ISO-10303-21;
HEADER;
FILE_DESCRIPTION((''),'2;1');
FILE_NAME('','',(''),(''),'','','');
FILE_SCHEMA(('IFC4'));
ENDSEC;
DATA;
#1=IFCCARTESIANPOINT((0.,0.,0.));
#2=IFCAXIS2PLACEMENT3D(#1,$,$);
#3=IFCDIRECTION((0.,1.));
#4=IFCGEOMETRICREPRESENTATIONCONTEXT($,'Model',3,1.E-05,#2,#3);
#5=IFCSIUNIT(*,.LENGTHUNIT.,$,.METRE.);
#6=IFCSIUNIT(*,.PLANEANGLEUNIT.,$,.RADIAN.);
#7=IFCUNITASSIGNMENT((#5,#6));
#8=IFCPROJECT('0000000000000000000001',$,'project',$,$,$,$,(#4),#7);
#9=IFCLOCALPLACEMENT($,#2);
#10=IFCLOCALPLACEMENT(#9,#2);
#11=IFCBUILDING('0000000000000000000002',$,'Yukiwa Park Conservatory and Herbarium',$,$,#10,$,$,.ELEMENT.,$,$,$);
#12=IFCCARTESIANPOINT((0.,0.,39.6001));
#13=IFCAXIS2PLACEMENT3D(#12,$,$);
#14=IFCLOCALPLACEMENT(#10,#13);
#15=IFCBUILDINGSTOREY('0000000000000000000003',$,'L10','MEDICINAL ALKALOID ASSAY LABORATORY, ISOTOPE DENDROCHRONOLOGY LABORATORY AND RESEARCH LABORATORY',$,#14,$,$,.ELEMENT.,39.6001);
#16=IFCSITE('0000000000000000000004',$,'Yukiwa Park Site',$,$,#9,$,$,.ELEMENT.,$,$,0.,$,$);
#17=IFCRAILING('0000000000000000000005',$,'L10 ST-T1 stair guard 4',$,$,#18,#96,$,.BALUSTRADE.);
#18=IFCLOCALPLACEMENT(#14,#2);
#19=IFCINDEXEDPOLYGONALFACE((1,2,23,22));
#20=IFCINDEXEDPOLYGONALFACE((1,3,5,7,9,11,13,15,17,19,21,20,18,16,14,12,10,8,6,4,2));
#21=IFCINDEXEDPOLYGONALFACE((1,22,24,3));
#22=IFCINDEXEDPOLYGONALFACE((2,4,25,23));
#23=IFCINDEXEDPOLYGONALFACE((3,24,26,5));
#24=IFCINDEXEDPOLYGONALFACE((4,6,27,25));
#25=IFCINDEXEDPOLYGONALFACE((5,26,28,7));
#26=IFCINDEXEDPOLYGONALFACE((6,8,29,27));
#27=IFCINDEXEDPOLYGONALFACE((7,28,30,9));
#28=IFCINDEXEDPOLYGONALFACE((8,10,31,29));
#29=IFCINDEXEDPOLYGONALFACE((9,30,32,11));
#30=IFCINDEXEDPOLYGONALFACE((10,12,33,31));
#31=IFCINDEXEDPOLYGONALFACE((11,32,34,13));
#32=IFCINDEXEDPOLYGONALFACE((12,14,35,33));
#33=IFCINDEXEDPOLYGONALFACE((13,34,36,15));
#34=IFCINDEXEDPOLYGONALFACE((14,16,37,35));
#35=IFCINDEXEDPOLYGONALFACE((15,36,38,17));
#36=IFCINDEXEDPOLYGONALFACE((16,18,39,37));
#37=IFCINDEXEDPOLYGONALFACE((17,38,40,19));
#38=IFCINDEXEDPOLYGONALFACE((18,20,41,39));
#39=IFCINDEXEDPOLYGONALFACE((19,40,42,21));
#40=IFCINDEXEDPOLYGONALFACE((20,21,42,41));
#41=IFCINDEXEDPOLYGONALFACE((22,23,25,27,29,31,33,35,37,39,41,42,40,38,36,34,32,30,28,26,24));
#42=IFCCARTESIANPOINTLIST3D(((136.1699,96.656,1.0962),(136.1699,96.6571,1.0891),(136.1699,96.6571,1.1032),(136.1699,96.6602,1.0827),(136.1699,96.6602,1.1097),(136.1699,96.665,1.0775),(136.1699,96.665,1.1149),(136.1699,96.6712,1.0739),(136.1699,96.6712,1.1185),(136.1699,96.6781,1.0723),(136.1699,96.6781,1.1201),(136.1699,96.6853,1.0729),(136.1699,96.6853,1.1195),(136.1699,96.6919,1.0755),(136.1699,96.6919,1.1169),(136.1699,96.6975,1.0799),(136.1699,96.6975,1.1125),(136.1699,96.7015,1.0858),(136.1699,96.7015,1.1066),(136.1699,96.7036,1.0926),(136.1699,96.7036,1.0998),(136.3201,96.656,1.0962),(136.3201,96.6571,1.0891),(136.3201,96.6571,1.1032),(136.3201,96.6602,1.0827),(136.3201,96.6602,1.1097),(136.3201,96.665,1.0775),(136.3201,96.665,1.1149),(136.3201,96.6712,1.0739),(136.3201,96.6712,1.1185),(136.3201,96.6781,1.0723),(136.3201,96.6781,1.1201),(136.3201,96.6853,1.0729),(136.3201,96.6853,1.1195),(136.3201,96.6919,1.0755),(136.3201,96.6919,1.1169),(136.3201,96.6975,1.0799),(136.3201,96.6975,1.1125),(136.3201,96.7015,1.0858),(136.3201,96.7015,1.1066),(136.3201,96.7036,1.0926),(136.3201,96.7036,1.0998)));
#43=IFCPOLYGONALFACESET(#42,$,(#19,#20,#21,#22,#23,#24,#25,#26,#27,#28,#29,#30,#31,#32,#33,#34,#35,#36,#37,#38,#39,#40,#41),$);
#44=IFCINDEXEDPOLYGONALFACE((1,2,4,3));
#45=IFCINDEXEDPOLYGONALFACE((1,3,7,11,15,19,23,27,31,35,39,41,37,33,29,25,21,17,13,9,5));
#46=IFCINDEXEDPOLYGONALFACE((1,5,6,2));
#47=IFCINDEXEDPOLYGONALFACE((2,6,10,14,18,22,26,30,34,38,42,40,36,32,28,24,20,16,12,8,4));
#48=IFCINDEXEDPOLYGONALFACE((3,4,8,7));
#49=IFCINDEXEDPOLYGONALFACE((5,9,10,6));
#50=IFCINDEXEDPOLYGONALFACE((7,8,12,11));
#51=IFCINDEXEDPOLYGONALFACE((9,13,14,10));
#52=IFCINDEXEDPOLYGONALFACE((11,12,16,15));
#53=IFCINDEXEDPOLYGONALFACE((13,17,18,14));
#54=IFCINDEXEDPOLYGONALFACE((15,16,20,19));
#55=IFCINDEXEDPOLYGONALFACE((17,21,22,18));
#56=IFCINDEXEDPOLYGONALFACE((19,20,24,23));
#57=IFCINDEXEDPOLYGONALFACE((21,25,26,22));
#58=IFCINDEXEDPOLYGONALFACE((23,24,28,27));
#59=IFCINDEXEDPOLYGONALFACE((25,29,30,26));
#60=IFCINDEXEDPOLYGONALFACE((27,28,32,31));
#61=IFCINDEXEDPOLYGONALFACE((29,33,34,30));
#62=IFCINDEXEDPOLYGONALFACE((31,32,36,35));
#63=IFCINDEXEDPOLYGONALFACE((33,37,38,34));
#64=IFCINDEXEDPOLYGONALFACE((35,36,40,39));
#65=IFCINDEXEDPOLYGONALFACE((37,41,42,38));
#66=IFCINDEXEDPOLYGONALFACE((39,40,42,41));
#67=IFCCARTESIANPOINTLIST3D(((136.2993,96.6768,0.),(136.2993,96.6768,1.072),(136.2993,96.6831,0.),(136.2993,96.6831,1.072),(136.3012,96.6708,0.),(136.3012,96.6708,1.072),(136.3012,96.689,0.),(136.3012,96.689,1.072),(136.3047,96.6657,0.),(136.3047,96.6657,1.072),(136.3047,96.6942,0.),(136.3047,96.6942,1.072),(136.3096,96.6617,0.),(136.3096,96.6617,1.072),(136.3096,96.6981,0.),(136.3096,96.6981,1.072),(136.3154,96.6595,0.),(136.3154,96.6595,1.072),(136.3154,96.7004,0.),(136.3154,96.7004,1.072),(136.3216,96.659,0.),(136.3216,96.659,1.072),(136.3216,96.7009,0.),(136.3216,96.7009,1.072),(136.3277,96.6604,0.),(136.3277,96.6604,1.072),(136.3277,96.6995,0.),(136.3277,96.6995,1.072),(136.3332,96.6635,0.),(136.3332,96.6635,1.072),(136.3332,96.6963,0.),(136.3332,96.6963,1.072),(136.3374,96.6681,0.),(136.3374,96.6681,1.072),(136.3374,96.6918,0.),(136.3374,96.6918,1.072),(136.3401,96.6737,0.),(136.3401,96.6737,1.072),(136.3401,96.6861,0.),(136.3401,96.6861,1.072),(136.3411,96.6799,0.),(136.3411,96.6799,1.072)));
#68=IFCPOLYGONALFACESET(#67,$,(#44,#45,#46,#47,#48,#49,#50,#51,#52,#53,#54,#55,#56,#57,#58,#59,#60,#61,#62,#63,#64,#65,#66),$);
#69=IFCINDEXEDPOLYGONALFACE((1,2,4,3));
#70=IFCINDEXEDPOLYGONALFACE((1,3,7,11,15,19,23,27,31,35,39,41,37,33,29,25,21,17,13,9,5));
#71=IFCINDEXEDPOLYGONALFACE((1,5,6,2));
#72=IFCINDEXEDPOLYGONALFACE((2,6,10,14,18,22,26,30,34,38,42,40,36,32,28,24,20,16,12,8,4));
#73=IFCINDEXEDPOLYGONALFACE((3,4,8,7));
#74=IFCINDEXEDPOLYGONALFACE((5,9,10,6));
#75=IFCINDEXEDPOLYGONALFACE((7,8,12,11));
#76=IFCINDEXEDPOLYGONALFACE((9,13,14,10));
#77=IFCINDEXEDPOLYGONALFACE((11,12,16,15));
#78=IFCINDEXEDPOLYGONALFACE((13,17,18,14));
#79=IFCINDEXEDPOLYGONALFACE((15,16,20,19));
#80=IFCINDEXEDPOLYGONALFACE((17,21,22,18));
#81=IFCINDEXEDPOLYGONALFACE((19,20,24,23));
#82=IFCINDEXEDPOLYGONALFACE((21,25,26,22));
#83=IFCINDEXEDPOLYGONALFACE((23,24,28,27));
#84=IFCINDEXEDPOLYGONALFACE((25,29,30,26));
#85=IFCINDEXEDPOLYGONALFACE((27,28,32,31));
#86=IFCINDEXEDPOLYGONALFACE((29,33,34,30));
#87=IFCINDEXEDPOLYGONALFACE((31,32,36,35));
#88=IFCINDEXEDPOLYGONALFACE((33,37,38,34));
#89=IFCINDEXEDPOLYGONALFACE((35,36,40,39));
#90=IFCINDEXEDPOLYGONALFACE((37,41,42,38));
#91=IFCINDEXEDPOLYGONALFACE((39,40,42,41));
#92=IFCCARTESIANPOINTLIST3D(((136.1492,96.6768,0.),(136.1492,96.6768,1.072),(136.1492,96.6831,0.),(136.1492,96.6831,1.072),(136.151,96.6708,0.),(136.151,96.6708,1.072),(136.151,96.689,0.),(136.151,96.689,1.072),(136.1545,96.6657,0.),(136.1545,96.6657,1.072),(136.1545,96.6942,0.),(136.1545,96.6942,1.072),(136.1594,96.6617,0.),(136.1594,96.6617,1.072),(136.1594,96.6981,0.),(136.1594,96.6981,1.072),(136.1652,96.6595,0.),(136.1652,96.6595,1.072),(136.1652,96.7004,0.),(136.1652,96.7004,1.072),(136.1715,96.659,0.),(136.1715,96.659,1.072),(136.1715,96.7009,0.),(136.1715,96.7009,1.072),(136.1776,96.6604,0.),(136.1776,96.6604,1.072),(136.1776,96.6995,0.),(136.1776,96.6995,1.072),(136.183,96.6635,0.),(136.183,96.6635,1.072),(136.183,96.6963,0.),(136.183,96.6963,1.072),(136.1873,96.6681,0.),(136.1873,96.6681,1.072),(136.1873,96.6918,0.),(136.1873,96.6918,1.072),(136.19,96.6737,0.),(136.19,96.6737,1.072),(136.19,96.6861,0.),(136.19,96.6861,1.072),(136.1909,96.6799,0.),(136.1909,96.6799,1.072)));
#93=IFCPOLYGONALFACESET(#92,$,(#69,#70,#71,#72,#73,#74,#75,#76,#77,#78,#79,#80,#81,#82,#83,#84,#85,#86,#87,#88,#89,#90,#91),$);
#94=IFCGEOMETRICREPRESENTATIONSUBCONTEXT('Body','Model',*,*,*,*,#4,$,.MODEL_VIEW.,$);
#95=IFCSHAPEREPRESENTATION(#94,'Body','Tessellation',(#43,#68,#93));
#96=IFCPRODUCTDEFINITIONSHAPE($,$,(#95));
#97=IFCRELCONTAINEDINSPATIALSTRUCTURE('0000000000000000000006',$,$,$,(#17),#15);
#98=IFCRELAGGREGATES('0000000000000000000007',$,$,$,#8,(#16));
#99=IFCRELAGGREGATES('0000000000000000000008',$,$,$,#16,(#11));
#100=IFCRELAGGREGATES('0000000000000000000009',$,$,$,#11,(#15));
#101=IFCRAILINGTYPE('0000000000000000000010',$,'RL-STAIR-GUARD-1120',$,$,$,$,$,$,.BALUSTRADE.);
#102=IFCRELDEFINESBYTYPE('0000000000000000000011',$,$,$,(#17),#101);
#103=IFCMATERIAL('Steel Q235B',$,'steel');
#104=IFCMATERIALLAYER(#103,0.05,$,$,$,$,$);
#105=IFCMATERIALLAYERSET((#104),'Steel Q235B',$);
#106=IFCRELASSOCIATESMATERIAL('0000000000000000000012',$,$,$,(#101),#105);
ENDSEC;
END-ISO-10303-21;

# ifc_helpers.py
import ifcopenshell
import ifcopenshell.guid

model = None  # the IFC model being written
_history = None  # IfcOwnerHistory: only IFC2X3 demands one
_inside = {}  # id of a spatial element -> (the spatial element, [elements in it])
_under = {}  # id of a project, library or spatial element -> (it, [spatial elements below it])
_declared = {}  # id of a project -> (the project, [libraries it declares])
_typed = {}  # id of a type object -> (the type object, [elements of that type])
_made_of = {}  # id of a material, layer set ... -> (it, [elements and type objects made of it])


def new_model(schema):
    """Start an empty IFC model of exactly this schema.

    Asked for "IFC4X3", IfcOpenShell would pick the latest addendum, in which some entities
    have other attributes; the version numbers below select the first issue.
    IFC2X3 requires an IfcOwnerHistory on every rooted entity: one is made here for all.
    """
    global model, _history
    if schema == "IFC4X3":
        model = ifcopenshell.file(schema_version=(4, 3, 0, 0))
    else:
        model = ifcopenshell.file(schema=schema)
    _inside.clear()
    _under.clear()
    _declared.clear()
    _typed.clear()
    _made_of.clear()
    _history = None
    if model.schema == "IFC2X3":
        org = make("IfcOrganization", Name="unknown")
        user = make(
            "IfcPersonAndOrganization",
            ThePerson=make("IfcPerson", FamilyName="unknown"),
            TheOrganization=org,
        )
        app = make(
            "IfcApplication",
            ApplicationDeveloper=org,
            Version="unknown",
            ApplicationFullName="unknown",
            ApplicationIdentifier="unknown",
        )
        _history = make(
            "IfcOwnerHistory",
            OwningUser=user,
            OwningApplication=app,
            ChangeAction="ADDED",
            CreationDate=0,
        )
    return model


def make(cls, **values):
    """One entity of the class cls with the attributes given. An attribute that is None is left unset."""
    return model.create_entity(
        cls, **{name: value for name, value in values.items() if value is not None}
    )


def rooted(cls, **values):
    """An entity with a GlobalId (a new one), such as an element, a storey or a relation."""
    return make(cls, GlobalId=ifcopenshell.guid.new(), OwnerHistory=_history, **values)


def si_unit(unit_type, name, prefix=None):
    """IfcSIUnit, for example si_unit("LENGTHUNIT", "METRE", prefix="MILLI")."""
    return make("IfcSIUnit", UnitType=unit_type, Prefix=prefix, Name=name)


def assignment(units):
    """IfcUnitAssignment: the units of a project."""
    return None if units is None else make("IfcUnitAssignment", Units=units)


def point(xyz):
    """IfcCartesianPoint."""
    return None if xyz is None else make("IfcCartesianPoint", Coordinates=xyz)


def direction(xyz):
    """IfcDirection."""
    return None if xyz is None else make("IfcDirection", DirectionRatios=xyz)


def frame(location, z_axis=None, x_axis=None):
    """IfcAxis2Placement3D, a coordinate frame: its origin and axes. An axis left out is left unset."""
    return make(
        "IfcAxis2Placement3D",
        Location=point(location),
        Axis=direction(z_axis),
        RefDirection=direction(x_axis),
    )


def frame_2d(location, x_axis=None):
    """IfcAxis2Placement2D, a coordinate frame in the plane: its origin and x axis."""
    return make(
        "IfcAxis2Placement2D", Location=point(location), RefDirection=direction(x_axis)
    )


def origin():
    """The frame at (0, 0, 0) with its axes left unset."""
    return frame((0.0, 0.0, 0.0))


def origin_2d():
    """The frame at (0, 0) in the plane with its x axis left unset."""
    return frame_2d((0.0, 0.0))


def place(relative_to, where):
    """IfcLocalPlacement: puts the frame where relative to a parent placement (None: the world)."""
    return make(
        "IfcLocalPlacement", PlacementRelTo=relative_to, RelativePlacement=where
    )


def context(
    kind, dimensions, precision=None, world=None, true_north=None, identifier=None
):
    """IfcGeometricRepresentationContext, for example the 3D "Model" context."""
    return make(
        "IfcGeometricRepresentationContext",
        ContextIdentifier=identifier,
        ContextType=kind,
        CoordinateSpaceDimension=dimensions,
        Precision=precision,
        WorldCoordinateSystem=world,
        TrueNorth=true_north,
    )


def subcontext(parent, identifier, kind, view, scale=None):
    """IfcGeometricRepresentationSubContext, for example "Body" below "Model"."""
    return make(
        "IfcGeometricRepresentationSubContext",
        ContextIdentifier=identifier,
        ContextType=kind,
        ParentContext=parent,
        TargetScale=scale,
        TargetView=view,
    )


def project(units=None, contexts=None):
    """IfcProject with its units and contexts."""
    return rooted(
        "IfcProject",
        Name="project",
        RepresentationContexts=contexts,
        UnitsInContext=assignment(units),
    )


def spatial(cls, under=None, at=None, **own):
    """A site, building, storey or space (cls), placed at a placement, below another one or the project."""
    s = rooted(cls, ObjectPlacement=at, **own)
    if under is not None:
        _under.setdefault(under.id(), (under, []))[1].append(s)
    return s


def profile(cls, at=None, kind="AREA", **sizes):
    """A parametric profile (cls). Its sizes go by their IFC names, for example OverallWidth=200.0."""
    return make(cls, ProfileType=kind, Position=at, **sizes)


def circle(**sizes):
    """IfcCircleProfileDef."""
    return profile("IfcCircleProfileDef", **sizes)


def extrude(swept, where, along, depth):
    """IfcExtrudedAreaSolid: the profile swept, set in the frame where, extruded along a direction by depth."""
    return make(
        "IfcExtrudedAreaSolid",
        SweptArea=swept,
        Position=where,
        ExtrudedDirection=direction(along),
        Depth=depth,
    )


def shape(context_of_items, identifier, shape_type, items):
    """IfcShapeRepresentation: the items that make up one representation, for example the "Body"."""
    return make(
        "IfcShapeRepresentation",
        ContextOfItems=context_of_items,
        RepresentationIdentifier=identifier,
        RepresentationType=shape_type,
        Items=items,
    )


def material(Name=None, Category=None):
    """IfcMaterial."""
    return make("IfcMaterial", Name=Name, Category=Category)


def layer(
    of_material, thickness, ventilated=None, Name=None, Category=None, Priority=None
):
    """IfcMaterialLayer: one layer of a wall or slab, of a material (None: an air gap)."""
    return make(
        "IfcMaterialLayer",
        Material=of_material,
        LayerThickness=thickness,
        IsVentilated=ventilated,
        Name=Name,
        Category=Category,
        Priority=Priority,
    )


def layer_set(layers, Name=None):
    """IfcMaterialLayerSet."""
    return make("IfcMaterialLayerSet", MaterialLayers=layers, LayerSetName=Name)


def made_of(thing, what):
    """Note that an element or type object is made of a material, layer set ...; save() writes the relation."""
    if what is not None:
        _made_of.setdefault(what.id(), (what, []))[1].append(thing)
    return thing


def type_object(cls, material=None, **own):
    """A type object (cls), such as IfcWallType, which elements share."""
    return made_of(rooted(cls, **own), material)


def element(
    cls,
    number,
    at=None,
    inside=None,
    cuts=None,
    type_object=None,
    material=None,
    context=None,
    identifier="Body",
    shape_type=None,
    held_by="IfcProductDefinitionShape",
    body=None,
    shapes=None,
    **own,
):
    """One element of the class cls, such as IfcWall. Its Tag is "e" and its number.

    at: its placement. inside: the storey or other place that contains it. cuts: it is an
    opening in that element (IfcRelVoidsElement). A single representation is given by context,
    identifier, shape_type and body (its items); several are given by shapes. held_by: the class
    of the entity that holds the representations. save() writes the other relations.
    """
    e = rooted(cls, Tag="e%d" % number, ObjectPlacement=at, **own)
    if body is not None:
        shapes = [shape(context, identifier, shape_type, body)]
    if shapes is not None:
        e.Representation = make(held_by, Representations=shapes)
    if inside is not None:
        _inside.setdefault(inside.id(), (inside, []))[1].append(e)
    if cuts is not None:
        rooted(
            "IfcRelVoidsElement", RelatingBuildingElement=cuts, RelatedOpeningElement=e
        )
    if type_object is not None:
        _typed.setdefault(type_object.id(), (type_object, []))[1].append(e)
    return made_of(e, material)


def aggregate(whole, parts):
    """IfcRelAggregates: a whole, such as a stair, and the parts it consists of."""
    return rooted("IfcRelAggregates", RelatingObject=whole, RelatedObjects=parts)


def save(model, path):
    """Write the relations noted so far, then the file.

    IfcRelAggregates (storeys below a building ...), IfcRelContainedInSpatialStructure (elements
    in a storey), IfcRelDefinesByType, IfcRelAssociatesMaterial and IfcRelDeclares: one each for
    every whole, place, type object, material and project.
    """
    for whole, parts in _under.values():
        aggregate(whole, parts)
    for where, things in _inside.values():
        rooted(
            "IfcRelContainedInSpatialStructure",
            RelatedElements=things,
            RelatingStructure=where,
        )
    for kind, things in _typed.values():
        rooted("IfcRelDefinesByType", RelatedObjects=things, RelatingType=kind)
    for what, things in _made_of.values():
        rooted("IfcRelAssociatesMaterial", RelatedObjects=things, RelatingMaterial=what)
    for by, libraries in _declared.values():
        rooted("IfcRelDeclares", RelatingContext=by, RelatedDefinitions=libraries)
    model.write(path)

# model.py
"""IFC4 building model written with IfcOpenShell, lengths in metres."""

from ifc_helpers import new_model, si_unit, direction, frame, origin, origin_2d, place, context, subcontext, project, spatial, circle, extrude, material, layer, layer_set, type_object, element, save


model = new_model("IFC4")

# Units and contexts
model_context = context("Model", 3, precision=1e-05, world=origin(), true_north=direction((0.0, 1.0)))
body_context = subcontext(model_context, "Body", "Model", "MODEL_VIEW")
ifc_project = project(units=[si_unit("LENGTHUNIT", "METRE"), si_unit("PLANEANGLEUNIT", "RADIAN")], contexts=[model_context])

# Site, building, storey
site_placement = place(None, origin())
site = spatial("IfcSite", under=ifc_project, at=site_placement, Name="Yukiwa Park Site", CompositionType="ELEMENT", RefElevation=0.0)
building_placement = place(site_placement, origin())
building = spatial("IfcBuilding", under=site, at=building_placement, Name="Yukiwa Park Conservatory and Herbarium", CompositionType="ELEMENT")
storey_placement = place(building_placement, frame((0.0, 0.0, 39.6001)))
storey = spatial("IfcBuildingStorey", under=building, at=storey_placement, Name="L10", Description="MEDICINAL ALKALOID ASSAY LABORATORY, ISOTOPE DENDROCHRONOLOGY LABORATORY AND RESEARCH LABORATORY", CompositionType="ELEMENT", Elevation=39.6001)

# Railing
ifc_material_1 = material(Name="Steel Q235B", Category="steel")
ifc_layer_1 = layer(ifc_material_1, 0.05)
ifc_layer_set_1 = layer_set([ifc_layer_1], Name="Steel Q235B")
railing_type_1 = type_object("IfcRailingType", Name="RL-STAIR-GUARD-1120", PredefinedType="BALUSTRADE", material=ifc_layer_set_1)
railing_1_placement = place(storey_placement, frame((136.3201, 96.6799, 0.0)))
element("IfcRailing", 1, at=railing_1_placement, inside=storey, type_object=railing_type_1, Name="L10 ST-T1 stair guard 4", PredefinedType="BALUSTRADE", context=body_context, shape_type="SweptSolid", body=[
    extrude(circle(Radius=0.0239, at=origin_2d()), frame((0.0, 0.0, 1.0962), z_axis=(-1.0, 0.0, 0.0), x_axis=(0.0, -1.0, 0.0)), (0.0, 0.0, 1.0), 0.1501),
    extrude(circle(Radius=0.021, at=origin_2d()), origin(), (0.0, 0.0, 1.0), 1.072),
    extrude(circle(Radius=0.021, at=origin_2d()), frame((-0.1501, 0.0, 0.0)), (0.0, 0.0, 1.0), 1.072),
])

save(model, "model.ifc")
